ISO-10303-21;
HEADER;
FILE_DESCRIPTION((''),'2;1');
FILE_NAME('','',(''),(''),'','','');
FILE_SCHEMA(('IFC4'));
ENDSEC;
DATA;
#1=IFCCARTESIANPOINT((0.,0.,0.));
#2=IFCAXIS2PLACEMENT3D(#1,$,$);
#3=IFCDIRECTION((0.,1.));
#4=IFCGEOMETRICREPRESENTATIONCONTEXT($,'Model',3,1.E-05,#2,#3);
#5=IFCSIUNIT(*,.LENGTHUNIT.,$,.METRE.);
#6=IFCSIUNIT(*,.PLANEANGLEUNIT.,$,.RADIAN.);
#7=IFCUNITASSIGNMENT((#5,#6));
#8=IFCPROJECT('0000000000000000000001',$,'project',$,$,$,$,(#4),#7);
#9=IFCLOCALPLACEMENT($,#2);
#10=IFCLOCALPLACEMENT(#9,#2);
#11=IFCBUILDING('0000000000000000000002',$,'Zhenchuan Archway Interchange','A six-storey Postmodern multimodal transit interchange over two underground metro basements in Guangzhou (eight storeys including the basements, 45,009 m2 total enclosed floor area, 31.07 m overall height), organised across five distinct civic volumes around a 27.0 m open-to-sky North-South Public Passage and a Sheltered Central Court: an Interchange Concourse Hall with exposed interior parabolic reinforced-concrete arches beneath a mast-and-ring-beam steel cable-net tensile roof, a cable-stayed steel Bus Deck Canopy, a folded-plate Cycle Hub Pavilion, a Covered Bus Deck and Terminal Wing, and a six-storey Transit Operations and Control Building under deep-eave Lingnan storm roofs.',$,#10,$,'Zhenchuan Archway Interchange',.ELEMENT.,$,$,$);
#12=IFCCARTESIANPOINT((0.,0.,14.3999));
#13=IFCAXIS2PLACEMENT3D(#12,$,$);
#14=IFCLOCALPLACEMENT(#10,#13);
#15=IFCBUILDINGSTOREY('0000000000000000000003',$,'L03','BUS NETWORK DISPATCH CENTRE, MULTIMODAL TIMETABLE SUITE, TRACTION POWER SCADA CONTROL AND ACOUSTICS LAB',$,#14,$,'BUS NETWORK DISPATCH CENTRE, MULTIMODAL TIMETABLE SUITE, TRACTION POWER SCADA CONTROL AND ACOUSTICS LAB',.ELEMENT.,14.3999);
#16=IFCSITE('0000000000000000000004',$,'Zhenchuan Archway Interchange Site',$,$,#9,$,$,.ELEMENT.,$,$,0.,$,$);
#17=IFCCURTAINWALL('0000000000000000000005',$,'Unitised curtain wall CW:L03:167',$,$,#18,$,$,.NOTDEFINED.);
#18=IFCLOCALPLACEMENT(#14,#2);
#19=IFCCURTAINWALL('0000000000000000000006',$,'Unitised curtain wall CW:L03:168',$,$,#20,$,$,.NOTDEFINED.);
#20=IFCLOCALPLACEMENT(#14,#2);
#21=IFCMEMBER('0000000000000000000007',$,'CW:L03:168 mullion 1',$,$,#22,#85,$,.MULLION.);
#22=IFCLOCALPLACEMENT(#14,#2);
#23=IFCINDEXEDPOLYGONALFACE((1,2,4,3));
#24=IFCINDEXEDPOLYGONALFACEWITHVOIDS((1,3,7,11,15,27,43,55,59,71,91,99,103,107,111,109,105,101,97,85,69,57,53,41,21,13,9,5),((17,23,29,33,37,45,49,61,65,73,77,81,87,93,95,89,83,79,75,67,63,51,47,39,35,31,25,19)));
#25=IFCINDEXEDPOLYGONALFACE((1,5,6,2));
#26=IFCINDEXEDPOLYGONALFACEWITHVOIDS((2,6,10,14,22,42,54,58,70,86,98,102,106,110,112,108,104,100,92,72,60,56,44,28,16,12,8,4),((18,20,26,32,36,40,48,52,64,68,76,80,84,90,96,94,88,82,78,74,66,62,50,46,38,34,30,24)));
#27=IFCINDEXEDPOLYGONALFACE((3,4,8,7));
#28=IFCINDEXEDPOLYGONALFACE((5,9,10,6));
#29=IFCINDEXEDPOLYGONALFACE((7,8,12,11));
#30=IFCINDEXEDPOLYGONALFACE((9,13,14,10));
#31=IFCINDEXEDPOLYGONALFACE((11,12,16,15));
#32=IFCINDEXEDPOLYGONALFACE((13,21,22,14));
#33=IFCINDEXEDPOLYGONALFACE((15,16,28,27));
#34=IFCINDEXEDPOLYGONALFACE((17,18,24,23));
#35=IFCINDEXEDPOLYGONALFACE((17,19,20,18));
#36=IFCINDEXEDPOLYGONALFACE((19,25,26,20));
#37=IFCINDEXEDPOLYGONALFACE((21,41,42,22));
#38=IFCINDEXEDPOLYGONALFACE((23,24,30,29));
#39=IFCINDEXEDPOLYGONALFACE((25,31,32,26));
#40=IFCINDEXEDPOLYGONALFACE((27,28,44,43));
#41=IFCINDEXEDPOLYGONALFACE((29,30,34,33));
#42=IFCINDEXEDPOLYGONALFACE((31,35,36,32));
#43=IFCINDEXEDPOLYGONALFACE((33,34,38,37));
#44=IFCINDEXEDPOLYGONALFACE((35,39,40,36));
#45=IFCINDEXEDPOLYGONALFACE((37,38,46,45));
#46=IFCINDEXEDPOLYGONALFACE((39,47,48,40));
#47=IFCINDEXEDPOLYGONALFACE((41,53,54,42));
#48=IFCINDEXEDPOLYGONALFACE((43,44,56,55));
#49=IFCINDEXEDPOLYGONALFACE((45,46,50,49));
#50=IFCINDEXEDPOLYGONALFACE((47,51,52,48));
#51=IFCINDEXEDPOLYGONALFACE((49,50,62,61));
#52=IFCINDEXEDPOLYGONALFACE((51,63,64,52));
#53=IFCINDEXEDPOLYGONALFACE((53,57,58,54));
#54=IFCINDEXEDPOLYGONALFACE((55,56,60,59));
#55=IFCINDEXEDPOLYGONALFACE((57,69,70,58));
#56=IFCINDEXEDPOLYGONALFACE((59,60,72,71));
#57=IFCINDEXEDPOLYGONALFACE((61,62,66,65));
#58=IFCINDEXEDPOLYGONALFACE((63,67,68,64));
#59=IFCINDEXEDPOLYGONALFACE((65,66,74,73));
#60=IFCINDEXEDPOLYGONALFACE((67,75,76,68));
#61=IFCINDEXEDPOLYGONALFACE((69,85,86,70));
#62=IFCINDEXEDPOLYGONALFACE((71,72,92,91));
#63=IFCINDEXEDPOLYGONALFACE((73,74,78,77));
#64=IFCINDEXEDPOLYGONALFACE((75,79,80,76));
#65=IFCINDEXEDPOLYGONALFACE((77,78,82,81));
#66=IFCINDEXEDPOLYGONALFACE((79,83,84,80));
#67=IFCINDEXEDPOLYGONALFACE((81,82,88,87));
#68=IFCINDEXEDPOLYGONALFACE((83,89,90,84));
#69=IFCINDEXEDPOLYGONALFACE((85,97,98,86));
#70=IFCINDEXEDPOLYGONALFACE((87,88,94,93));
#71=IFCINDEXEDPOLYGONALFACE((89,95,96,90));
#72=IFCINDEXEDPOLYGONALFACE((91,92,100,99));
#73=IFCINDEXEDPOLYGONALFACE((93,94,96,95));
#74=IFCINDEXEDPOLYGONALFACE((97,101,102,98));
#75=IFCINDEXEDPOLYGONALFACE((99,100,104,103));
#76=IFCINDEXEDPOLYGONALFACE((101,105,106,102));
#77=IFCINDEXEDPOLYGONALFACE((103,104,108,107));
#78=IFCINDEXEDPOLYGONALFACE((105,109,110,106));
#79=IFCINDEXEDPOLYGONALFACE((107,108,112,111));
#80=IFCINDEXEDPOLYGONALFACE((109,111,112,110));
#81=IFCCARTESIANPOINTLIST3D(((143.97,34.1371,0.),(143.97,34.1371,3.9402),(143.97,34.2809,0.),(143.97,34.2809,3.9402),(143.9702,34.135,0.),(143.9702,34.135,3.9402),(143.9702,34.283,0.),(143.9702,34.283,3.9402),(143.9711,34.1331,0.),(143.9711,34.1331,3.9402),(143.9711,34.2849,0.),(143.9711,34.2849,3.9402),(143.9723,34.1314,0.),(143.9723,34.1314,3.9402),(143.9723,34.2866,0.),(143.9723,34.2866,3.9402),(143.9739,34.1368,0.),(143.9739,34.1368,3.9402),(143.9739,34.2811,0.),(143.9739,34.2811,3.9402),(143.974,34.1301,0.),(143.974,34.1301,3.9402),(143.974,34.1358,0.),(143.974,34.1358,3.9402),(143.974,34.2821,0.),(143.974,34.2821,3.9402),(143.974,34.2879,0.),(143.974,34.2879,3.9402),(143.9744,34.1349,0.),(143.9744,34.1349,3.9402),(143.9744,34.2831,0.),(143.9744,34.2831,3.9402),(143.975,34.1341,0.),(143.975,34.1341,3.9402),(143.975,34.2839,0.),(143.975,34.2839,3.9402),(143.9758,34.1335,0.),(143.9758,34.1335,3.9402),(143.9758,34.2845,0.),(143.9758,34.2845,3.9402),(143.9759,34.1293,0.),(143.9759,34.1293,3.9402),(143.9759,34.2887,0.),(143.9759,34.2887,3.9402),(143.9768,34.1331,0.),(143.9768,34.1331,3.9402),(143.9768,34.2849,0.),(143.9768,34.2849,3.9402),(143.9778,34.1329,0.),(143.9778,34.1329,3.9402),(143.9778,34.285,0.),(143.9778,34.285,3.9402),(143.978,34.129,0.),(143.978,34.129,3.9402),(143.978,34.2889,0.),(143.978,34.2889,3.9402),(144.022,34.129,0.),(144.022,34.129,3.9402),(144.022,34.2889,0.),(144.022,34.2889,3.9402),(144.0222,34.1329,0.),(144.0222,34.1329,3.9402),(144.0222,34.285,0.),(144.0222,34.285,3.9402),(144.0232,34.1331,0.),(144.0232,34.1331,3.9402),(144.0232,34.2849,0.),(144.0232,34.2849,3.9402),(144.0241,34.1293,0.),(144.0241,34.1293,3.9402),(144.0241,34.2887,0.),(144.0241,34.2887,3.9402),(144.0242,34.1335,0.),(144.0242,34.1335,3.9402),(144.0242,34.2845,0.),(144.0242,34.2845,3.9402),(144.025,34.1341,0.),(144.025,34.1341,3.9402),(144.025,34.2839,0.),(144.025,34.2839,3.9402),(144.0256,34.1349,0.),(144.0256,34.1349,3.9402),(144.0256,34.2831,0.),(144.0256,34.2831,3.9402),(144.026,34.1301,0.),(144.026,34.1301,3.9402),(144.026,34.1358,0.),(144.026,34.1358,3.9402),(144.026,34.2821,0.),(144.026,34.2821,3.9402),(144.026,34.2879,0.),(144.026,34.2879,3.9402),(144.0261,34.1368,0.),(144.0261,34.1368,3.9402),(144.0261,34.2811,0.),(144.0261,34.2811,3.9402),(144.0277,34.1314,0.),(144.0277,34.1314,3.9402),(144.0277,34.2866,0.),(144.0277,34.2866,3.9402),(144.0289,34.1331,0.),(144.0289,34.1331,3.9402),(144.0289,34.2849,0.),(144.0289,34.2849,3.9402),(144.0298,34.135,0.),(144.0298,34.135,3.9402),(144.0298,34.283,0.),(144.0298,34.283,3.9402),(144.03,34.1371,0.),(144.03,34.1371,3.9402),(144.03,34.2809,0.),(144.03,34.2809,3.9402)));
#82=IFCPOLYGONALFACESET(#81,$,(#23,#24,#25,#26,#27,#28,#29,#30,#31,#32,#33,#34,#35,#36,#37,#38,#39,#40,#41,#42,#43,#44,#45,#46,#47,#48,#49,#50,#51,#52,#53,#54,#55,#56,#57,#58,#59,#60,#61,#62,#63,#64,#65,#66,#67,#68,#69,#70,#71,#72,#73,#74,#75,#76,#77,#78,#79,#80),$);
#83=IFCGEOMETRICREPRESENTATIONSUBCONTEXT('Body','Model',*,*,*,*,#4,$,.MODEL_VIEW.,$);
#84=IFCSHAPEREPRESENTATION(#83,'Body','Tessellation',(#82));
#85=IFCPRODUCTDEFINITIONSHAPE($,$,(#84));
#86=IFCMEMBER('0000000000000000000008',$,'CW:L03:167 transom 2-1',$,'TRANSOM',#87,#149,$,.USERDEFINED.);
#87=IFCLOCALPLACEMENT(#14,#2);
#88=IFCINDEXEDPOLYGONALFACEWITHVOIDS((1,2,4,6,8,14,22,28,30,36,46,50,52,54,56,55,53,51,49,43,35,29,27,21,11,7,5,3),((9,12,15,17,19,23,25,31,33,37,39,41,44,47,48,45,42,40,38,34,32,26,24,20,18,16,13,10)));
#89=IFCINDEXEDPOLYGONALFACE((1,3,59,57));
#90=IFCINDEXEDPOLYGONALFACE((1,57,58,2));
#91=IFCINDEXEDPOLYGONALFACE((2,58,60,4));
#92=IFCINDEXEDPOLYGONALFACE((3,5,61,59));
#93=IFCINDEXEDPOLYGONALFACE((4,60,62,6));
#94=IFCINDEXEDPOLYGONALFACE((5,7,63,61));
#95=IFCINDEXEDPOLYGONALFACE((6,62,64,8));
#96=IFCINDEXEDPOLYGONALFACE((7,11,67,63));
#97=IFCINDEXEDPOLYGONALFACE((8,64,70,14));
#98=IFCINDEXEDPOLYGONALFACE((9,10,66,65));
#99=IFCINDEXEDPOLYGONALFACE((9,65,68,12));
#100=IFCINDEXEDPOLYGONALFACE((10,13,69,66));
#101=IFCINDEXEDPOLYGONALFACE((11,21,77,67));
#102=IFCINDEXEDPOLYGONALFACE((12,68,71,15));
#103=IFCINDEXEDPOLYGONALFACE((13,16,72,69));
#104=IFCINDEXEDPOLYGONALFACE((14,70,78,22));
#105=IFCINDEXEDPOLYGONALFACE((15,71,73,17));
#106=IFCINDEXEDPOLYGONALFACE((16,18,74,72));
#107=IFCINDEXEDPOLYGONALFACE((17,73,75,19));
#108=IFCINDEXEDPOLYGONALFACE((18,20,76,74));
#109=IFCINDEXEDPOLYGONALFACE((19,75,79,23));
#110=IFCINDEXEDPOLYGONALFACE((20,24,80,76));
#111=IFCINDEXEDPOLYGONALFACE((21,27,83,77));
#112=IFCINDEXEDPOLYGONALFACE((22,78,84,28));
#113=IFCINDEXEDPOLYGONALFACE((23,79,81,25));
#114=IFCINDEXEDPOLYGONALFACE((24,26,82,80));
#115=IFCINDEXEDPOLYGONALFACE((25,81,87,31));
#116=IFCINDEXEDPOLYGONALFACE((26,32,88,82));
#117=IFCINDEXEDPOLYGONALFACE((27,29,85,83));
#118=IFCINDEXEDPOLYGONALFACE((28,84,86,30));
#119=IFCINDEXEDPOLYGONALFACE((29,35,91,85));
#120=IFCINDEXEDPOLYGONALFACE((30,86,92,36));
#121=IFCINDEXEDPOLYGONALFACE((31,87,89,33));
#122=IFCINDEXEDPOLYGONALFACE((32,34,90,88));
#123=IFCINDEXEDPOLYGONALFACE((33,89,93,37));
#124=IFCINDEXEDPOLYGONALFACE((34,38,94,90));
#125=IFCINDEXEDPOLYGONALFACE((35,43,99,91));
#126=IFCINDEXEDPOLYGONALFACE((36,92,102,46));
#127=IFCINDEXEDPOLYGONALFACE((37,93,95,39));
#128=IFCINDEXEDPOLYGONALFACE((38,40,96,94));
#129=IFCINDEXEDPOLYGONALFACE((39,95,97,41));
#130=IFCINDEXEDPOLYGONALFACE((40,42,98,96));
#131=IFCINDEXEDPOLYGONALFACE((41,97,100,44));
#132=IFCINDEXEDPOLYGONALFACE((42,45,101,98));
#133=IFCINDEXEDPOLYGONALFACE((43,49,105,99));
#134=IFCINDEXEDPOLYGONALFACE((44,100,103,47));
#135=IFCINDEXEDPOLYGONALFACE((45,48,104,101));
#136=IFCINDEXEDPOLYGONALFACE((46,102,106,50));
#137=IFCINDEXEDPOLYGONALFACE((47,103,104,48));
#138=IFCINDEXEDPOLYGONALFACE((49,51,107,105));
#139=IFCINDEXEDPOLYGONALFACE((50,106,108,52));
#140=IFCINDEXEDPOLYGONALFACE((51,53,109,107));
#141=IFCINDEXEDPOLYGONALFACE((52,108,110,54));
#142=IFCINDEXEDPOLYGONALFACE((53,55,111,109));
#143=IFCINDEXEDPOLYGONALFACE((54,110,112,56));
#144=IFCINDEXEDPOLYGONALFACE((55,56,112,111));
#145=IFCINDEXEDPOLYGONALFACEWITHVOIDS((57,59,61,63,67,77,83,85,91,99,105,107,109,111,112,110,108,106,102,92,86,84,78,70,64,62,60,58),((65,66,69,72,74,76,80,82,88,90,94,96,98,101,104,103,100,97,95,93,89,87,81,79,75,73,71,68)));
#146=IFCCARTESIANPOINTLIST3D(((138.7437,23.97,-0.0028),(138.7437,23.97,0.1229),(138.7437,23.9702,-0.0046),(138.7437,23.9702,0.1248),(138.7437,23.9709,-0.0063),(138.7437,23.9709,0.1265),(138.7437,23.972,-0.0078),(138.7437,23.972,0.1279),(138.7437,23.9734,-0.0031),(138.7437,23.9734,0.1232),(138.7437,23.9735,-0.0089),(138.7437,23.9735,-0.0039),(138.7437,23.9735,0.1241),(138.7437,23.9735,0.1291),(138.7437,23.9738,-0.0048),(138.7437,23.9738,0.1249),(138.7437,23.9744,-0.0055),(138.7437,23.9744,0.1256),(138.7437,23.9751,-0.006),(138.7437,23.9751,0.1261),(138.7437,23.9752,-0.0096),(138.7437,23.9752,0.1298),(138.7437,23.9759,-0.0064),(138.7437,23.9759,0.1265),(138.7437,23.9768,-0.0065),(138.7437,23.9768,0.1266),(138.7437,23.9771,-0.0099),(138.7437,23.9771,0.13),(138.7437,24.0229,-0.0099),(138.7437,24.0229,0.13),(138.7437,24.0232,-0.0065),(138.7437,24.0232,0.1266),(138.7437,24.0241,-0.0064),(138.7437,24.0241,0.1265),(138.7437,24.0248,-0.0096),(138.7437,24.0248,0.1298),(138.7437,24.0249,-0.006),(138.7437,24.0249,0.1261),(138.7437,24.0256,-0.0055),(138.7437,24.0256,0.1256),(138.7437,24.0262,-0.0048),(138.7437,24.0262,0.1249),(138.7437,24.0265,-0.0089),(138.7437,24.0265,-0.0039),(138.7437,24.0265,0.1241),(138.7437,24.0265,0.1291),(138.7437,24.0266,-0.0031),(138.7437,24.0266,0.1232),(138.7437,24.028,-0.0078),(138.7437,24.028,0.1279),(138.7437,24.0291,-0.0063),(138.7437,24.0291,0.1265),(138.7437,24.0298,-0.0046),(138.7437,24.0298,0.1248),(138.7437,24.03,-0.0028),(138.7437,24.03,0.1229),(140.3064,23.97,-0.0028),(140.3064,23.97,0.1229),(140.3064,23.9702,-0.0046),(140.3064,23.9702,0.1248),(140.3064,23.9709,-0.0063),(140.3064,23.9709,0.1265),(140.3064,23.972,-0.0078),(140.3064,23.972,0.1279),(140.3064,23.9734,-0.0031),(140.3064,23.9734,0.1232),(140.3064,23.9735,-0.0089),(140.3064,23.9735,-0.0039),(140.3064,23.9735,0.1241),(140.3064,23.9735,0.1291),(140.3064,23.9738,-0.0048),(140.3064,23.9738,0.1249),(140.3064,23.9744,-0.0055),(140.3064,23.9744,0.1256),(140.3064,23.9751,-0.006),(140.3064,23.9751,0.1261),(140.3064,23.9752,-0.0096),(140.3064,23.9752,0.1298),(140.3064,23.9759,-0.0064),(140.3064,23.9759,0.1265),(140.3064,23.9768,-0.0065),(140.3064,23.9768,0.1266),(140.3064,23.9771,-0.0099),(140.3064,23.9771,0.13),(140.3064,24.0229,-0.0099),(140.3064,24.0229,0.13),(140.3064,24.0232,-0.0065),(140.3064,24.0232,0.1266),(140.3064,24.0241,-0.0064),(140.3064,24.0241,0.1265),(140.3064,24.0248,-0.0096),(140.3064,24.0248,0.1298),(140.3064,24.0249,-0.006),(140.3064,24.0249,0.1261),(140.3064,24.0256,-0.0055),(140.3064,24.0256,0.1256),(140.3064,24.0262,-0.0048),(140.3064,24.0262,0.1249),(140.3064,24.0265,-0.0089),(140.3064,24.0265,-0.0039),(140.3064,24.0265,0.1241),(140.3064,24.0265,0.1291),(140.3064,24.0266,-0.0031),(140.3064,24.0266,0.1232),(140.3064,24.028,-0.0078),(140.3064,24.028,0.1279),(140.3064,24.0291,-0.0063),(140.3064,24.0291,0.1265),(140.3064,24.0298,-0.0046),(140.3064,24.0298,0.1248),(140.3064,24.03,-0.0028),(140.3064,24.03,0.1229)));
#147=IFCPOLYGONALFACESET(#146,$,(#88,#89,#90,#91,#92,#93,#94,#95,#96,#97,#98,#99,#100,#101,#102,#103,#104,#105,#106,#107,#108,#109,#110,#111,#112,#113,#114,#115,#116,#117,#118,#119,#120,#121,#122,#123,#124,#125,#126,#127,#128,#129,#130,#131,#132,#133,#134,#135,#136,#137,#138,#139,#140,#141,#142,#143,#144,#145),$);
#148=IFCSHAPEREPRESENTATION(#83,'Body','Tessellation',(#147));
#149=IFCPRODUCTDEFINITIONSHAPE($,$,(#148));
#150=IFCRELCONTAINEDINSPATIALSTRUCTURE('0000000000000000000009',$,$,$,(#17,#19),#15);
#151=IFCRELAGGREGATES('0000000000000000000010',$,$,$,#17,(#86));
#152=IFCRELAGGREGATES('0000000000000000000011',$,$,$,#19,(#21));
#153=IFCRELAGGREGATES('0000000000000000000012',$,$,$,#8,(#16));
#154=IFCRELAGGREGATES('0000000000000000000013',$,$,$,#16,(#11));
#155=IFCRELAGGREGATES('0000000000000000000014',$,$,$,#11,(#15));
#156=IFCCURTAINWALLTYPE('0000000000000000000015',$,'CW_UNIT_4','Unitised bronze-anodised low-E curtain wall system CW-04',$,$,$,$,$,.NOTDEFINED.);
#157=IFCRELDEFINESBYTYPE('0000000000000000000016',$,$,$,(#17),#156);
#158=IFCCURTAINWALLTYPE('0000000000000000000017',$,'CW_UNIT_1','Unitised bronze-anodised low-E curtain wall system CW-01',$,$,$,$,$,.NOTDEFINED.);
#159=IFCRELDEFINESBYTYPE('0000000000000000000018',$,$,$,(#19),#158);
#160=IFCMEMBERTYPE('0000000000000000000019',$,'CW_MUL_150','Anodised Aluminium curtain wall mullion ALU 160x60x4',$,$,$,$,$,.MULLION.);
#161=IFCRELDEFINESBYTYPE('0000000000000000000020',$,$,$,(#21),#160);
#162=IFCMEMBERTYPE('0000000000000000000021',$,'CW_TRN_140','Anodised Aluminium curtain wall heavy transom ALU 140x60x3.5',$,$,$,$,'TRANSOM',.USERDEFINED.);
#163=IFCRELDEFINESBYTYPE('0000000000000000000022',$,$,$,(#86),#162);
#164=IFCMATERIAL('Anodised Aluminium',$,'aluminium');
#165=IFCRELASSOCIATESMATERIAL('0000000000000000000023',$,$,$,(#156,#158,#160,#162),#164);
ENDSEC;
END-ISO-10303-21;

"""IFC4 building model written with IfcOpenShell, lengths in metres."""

from ifc_helpers import new_model, si_unit, direction, frame, origin, origin_2d, place, context, subcontext, project, spatial, hollow_rectangle, extrude, material, material_profile, profile_set, type_object, element, aggregate, save


model = new_model("IFC4")

# Units and contexts
model_context = context("Model", 3, precision=1e-05, world=origin(), true_north=direction((0.0, 1.0)))
body_context = subcontext(model_context, "Body", "Model", "MODEL_VIEW")
ifc_project = project(units=[si_unit("LENGTHUNIT", "METRE"), si_unit("PLANEANGLEUNIT", "RADIAN")], contexts=[model_context])

# Site, building, storey
site_placement = place(None, origin())
site = spatial("IfcSite", under=ifc_project, at=site_placement, Name="Zhenchuan Archway Interchange Site", CompositionType="ELEMENT", RefElevation=0.0)
building_placement = place(site_placement, origin())
building = spatial("IfcBuilding", under=site, at=building_placement, Name="Zhenchuan Archway Interchange", Description="A six-storey Postmodern multimodal transit interchange over two underground metro basements in Guangzhou (eight storeys including the basements, 45,009 m2 total enclosed floor area, 31.07 m overall height), organised across five distinct civic volumes around a 27.0 m open-to-sky North-South Public Passage and a Sheltered Central Court: an Interchange Concourse Hall with exposed interior parabolic reinforced-concrete arches beneath a mast-and-ring-beam steel cable-net tensile roof, a cable-stayed steel Bus Deck Canopy, a folded-plate Cycle Hub Pavilion, a Covered Bus Deck and Terminal Wing, and a six-storey Transit Operations and Control Building under deep-eave Lingnan storm roofs.", LongName="Zhenchuan Archway Interchange", CompositionType="ELEMENT")
storey_placement = place(building_placement, frame((0.0, 0.0, 14.3999)))
storey = spatial("IfcBuildingStorey", under=building, at=storey_placement, Name="L03", Description="BUS NETWORK DISPATCH CENTRE, MULTIMODAL TIMETABLE SUITE, TRACTION POWER SCADA CONTROL AND ACOUSTICS LAB", LongName="BUS NETWORK DISPATCH CENTRE, MULTIMODAL TIMETABLE SUITE, TRACTION POWER SCADA CONTROL AND ACOUSTICS LAB", CompositionType="ELEMENT", Elevation=14.3999)

# Curtain walls, member
ifc_material_1 = material(Name="Anodised Aluminium", Category="aluminium")
curtain_wall_type_1 = type_object("IfcCurtainWallType", Name="CW_UNIT_4", Description="Unitised bronze-anodised low-E curtain wall system CW-04", PredefinedType="NOTDEFINED", material=ifc_material_1)
curtain_wall_1_placement = place(storey_placement, origin())
curtain_wall_1 = element("IfcCurtainWall", 1, at=curtain_wall_1_placement, inside=storey, type_object=curtain_wall_type_1, Name="Unitised curtain wall CW:L03:167", PredefinedType="NOTDEFINED")
ifc_material_profile_1 = material_profile(ifc_material_1, hollow_rectangle(XDim=0.0601, YDim=0.1599, WallThickness=0.0039, InnerFilletRadius=0.0039, OuterFilletRadius=0.0081, at=origin_2d()), Name="ALU 160x60x4")
ifc_profile_set_1 = profile_set([ifc_material_profile_1], Name="Anodised Aluminium")
member_type_1 = type_object("IfcMemberType", Name="CW_MUL_150", Description="Anodised Aluminium curtain wall mullion ALU 160x60x4", PredefinedType="MULLION", material=ifc_profile_set_1)
curtain_wall_type_2 = type_object("IfcCurtainWallType", Name="CW_UNIT_1", Description="Unitised bronze-anodised low-E curtain wall system CW-01", PredefinedType="NOTDEFINED", material=ifc_material_1)
curtain_wall_2_placement = place(storey_placement, origin())
curtain_wall_2 = element("IfcCurtainWall", 2, at=curtain_wall_2_placement, inside=storey, type_object=curtain_wall_type_2, Name="Unitised curtain wall CW:L03:168", PredefinedType="NOTDEFINED")
member_1_placement = place(storey_placement, frame((144.0, 34.209, 0.0), z_axis=(0.0, 0.0, 1.0), x_axis=(1.0, 0.0, 0.0)))
member_1 = element("IfcMember", 3, at=member_1_placement, type_object=member_type_1, Name="CW:L03:168 mullion 1", PredefinedType="MULLION", context=body_context, shape_type="SweptSolid", body=[
    extrude(hollow_rectangle(XDim=0.0601, YDim=0.1599, WallThickness=0.0039, InnerFilletRadius=0.0039, OuterFilletRadius=0.0081, at=origin_2d()), origin(), (0.0, 0.0, 1.0), 3.9402),
])

# Member
ifc_material_profile_2 = material_profile(ifc_material_1, hollow_rectangle(XDim=0.0601, YDim=0.1399, WallThickness=0.0034, InnerFilletRadius=0.0034, OuterFilletRadius=0.0071, at=origin_2d()), Name="ALU 140x60x3.5")
ifc_profile_set_2 = profile_set([ifc_material_profile_2], Name="Anodised Aluminium")
member_type_2 = type_object("IfcMemberType", Name="CW_TRN_140", Description="Anodised Aluminium curtain wall heavy transom ALU 140x60x3.5", ElementType="TRANSOM", PredefinedType="USERDEFINED", material=ifc_profile_set_2)
member_2_placement = place(storey_placement, frame((138.7437, 24.0, 0.0601), z_axis=(1.0, 0.0, 0.0), x_axis=(0.0, 1.0, 0.0)))
member_2 = element("IfcMember", 4, at=member_2_placement, type_object=member_type_2, Name="CW:L03:167 transom 2-1", ObjectType="TRANSOM", PredefinedType="USERDEFINED", context=body_context, shape_type="SweptSolid", body=[
    extrude(hollow_rectangle(XDim=0.0601, YDim=0.1399, WallThickness=0.0034, InnerFilletRadius=0.0034, OuterFilletRadius=0.0071, at=origin_2d()), origin(), (0.0, 0.0, 1.0), 1.5627),
])

aggregate(curtain_wall_1, [member_2])
aggregate(curtain_wall_2, [member_1])

save(model, "model.ifc")
